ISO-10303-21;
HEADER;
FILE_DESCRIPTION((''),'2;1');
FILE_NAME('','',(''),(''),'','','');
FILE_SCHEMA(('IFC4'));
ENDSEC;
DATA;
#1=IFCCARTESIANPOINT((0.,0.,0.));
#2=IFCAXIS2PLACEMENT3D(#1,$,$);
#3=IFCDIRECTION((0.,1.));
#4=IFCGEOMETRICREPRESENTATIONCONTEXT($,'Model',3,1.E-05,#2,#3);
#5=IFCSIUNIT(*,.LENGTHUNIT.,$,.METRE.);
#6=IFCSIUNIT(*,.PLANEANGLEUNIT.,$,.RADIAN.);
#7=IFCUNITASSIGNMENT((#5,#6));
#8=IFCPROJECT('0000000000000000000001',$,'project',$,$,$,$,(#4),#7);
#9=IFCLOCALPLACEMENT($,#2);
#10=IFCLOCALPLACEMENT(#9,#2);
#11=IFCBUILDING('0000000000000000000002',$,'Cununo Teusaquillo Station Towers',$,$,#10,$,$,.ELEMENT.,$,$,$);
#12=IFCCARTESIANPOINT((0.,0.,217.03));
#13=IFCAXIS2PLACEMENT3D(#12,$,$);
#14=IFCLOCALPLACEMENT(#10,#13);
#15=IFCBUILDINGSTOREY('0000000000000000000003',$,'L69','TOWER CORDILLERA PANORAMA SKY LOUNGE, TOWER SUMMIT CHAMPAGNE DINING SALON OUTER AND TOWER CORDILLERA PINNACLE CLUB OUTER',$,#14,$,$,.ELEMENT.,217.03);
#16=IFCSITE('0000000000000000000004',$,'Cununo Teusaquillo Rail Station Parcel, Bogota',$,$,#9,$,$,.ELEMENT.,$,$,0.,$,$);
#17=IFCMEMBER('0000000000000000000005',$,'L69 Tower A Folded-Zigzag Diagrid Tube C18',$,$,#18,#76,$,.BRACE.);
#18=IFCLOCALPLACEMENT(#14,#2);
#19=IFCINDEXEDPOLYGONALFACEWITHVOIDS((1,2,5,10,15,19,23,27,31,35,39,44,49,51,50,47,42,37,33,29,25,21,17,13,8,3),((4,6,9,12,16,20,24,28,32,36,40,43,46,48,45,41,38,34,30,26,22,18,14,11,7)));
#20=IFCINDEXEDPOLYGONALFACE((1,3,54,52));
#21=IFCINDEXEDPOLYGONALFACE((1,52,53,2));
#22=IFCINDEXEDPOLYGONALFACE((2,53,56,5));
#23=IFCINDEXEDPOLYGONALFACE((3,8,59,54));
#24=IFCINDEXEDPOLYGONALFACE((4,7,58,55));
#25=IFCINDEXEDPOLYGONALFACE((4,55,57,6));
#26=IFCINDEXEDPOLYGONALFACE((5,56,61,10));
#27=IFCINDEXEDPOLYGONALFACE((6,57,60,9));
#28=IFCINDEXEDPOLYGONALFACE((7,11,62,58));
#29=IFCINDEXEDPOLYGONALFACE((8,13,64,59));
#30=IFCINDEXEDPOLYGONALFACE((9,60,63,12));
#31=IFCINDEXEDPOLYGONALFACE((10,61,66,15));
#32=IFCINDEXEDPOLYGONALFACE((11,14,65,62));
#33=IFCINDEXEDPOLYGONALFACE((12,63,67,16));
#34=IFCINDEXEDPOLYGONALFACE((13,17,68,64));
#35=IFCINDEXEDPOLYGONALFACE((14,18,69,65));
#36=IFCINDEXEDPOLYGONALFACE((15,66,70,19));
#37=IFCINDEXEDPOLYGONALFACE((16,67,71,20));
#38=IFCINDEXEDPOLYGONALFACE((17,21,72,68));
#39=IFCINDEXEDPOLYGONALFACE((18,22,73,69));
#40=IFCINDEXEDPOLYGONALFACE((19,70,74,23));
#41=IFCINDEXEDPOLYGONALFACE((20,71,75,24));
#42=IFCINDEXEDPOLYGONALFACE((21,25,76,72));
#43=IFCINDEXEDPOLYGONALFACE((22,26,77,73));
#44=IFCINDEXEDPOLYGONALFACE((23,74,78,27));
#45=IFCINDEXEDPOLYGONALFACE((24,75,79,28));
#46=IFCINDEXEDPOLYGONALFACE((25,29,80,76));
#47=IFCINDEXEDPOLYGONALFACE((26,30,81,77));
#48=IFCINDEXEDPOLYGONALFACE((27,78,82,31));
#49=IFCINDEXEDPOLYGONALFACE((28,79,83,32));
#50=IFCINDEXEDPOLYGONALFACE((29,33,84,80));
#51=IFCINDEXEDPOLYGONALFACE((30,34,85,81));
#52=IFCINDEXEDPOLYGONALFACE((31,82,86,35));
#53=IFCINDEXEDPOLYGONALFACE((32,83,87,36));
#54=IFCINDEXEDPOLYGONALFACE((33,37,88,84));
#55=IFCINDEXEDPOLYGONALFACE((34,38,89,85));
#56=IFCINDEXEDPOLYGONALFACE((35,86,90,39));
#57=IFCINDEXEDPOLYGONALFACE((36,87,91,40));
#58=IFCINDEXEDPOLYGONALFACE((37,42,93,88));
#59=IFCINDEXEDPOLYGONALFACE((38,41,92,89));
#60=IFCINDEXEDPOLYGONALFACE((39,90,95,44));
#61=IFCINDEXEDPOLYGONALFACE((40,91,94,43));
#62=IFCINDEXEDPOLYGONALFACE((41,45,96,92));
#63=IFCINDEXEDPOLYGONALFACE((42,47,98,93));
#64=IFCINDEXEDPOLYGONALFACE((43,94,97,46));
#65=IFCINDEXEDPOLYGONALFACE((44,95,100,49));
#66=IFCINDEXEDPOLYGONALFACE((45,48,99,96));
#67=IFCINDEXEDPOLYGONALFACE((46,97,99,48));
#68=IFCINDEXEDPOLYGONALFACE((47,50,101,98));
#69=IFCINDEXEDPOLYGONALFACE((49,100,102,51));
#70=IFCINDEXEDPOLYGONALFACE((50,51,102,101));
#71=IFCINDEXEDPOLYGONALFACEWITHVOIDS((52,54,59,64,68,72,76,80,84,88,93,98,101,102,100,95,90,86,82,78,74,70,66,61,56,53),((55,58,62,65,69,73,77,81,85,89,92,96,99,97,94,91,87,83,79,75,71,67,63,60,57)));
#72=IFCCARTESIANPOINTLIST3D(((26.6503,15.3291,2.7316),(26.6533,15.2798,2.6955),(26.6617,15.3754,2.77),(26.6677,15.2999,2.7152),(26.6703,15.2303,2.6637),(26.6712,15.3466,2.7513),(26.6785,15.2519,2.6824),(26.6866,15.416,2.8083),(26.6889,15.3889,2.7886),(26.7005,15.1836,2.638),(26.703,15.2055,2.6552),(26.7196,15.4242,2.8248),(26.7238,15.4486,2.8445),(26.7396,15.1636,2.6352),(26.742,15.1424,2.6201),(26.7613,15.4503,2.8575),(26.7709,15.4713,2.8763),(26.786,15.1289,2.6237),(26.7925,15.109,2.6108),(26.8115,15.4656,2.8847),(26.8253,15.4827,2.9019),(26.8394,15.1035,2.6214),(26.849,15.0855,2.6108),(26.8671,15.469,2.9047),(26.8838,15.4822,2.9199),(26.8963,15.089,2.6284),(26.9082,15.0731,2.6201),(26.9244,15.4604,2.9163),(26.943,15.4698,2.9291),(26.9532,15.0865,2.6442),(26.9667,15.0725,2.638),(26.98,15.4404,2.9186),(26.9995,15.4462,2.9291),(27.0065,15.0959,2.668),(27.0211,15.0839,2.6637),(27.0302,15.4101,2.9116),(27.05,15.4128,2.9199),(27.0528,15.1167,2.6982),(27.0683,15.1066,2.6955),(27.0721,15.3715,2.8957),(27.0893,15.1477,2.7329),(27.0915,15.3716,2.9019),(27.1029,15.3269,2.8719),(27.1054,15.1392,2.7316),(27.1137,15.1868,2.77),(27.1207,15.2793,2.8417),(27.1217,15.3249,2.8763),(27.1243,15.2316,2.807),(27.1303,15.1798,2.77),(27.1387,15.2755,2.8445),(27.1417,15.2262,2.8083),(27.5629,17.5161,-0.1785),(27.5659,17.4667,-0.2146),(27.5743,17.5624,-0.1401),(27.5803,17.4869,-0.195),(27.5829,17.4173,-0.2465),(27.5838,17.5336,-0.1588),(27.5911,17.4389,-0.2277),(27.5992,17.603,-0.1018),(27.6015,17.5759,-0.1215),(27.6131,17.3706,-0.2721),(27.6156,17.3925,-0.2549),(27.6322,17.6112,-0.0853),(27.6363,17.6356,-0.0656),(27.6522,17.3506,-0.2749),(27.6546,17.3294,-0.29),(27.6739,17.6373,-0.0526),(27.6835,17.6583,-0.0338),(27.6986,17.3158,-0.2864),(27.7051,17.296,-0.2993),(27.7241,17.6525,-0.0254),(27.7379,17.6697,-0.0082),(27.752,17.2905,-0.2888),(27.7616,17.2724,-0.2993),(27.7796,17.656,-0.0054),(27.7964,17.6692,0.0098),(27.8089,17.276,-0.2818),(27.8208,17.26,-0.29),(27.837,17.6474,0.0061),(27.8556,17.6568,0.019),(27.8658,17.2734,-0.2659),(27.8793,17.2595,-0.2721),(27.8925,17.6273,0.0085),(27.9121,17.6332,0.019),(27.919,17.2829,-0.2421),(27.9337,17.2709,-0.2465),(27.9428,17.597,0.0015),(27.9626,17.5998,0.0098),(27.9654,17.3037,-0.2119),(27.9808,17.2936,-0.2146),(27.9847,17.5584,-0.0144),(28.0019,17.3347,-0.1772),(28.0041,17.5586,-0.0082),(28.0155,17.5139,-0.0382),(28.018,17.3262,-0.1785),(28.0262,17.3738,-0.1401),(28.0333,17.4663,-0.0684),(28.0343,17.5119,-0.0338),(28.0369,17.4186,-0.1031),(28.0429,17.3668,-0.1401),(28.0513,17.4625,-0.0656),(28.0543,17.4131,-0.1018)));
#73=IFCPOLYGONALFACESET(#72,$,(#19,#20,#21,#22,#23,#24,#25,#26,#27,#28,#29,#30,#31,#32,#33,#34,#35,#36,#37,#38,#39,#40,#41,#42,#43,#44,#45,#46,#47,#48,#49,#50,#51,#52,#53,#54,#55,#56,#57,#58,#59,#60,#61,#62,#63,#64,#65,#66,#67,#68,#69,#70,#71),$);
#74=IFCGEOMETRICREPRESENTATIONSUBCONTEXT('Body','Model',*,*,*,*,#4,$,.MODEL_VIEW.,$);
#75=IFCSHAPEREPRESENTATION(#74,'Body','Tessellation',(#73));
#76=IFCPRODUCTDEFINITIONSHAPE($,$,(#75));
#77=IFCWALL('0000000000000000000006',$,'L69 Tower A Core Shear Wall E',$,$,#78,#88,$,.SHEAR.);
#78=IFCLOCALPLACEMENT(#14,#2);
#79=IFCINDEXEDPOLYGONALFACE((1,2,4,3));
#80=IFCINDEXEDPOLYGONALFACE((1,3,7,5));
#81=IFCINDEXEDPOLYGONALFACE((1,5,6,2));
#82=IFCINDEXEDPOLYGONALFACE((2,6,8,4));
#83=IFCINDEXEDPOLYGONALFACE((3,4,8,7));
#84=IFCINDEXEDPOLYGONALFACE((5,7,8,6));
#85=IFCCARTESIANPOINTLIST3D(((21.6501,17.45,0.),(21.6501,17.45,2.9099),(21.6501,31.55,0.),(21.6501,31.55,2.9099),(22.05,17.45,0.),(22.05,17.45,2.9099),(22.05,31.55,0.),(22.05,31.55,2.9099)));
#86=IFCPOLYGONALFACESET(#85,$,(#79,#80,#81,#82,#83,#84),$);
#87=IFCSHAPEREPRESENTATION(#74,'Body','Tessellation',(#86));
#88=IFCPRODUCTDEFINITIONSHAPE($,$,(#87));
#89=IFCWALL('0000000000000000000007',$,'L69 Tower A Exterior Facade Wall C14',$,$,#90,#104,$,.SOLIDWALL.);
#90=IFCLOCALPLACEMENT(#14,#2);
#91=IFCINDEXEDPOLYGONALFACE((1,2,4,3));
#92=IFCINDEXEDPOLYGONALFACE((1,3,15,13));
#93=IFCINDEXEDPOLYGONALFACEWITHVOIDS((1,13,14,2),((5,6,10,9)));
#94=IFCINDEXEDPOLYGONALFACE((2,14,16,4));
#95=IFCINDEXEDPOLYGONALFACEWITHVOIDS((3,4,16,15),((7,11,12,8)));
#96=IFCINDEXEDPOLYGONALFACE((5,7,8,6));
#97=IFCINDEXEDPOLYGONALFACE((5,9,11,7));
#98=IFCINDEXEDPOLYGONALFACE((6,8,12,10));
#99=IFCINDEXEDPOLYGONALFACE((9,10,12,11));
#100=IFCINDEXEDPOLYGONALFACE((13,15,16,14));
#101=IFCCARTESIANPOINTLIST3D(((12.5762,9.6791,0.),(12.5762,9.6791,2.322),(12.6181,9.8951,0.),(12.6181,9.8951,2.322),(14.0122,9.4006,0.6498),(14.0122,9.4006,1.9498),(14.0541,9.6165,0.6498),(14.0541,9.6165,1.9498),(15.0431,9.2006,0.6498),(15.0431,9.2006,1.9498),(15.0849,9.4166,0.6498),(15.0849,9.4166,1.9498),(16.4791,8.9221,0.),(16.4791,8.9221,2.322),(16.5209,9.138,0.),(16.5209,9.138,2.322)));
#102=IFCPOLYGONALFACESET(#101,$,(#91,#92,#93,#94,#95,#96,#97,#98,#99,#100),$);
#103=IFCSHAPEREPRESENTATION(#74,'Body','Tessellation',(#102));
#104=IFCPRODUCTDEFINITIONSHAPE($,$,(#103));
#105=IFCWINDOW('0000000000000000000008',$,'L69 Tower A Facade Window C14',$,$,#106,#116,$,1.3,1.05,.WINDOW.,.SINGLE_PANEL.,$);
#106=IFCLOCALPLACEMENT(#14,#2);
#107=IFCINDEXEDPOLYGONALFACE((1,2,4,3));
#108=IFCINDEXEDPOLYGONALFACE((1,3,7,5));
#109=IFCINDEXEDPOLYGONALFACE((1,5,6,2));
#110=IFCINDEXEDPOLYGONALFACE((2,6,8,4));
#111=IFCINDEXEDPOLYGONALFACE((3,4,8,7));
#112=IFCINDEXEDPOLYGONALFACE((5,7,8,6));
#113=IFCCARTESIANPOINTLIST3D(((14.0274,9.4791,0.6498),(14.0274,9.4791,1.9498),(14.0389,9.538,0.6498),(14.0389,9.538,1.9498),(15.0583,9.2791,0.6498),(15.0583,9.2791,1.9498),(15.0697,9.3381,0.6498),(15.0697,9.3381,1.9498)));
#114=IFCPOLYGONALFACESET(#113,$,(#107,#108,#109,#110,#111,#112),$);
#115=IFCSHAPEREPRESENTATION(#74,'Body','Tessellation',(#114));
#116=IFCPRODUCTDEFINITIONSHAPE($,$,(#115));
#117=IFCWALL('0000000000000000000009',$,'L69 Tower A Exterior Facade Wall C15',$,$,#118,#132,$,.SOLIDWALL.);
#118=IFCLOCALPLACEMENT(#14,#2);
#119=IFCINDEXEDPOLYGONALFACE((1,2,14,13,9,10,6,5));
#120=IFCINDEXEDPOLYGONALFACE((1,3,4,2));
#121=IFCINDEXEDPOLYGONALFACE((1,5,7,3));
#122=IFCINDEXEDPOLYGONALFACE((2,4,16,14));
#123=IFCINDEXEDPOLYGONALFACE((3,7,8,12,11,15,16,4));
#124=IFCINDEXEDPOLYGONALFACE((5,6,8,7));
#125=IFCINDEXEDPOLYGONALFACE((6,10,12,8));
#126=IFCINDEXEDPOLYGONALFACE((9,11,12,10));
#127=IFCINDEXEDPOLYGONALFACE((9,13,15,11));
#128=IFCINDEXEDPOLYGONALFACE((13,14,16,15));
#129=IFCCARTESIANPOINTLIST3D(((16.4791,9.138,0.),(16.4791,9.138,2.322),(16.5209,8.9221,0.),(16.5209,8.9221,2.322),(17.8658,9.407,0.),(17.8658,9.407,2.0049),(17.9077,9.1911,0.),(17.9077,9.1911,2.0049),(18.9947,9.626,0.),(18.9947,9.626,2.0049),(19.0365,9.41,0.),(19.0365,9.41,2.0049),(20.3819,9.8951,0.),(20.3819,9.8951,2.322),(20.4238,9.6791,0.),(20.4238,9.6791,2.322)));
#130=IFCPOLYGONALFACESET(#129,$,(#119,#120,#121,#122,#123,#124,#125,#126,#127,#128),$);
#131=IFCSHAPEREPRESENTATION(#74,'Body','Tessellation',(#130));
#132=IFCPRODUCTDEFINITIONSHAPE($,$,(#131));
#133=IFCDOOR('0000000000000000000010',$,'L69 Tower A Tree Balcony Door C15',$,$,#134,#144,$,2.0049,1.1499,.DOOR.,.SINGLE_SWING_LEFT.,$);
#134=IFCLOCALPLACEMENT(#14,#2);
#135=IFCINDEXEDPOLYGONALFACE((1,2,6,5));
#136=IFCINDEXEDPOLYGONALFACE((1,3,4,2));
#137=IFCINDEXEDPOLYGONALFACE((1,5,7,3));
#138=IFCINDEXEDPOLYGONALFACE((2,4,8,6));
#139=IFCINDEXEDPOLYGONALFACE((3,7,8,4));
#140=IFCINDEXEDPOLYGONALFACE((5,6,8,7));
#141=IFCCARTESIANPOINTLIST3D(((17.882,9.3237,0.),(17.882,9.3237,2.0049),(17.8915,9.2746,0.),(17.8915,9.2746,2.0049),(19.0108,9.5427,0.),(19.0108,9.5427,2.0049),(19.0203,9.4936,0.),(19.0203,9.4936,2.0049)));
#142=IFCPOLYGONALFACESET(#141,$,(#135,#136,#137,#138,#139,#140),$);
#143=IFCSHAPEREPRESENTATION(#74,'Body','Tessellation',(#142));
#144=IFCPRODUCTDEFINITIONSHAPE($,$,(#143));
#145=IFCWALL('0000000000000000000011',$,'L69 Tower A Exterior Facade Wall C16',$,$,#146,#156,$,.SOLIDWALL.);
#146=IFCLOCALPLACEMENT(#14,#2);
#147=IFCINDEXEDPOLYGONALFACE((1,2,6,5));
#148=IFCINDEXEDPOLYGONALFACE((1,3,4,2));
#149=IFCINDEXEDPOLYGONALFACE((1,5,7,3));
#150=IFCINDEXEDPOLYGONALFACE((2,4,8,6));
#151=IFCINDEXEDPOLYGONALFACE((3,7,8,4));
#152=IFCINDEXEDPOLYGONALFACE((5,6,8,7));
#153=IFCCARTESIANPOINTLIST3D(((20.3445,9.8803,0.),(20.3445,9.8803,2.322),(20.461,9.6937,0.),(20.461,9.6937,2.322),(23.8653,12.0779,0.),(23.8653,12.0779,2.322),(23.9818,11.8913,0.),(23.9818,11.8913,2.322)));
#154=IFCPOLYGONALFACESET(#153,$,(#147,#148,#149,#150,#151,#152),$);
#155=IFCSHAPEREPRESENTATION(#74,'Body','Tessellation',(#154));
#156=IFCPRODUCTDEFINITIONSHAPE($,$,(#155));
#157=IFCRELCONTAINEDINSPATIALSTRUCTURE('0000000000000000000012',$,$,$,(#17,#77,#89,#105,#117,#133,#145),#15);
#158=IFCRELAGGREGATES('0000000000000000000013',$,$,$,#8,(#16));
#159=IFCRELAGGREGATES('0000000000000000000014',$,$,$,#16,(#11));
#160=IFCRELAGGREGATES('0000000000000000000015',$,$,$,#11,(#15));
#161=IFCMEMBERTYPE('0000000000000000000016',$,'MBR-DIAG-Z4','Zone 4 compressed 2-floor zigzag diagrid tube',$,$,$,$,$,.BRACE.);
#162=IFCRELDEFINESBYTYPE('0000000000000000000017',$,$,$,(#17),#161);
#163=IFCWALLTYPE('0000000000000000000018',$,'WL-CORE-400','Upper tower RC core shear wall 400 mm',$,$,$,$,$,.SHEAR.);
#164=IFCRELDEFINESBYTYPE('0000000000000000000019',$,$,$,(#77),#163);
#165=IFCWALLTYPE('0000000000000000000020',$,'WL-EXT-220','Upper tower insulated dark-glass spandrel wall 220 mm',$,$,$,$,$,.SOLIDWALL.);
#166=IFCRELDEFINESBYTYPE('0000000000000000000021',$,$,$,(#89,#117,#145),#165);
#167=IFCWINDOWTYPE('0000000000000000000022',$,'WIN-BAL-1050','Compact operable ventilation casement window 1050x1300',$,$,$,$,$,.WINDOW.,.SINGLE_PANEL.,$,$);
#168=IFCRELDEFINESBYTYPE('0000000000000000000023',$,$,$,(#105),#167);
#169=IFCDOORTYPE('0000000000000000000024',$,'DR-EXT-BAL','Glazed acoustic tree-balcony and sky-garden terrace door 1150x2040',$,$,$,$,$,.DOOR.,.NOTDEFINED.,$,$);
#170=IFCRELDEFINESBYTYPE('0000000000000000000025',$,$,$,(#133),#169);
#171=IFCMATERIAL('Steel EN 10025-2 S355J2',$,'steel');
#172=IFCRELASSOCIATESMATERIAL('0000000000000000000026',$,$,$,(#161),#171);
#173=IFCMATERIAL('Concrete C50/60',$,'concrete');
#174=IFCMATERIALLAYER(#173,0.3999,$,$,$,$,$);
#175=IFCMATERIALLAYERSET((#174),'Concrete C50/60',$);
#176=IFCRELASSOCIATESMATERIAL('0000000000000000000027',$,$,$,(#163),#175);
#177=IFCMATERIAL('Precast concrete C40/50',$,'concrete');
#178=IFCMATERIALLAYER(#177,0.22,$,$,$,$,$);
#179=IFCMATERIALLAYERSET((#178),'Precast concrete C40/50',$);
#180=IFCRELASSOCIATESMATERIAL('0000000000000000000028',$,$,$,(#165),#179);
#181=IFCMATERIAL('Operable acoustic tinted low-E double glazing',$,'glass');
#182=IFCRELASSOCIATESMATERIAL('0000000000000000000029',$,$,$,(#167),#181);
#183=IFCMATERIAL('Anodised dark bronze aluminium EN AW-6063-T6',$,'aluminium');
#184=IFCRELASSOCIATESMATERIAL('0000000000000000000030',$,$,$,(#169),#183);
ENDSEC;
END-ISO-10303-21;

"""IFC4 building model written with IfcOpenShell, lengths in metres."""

from ifc_helpers import new_model, si_unit, direction, frame, frame_2d, origin, origin_2d, place, context, subcontext, project, spatial, rectangle, hollow_circle, extrude, source, transform, mapped, material, layer, layer_set, material_profile, profile_set, type_object, element, fill, save


model = new_model("IFC4")

# Units and contexts
model_context = context("Model", 3, precision=1e-05, world=origin(), true_north=direction((0.0, 1.0)))
body_context = subcontext(model_context, "Body", "Model", "MODEL_VIEW")
ifc_project = project(units=[si_unit("LENGTHUNIT", "METRE"), si_unit("PLANEANGLEUNIT", "RADIAN")], contexts=[model_context])

# Site, building, storey
site_placement = place(None, origin())
site = spatial("IfcSite", under=ifc_project, at=site_placement, Name="Cununo Teusaquillo Rail Station Parcel, Bogota", CompositionType="ELEMENT", RefElevation=0.0)
building_placement = place(site_placement, origin())
building = spatial("IfcBuilding", under=site, at=building_placement, Name="Cununo Teusaquillo Station Towers", CompositionType="ELEMENT")
storey_placement = place(building_placement, frame((0.0, 0.0, 217.03)))
storey = spatial("IfcBuildingStorey", under=building, at=storey_placement, Name="L69", Description="TOWER CORDILLERA PANORAMA SKY LOUNGE, TOWER SUMMIT CHAMPAGNE DINING SALON OUTER AND TOWER CORDILLERA PINNACLE CLUB OUTER", CompositionType="ELEMENT", Elevation=217.03)

# Member
ifc_material_1 = material(Name="Steel EN 10025-2 S355J2", Category="steel")
ifc_material_profile_1 = material_profile(ifc_material_1, hollow_circle(Radius=0.2539, WallThickness=0.0181, at=origin_2d()), Name="CHS 508x18")
ifc_profile_set_1 = profile_set([ifc_material_profile_1], Name="Steel EN 10025-2 S355J2")
member_type = type_object("IfcMemberType", Name="MBR-DIAG-Z4", Description="Zone 4 compressed 2-floor zigzag diagrid tube", PredefinedType="BRACE", material=ifc_profile_set_1)
member_1_placement = place(storey_placement, frame((27.8086, 17.4646, -0.1401), z_axis=(-0.243166, -0.58274, 0.775425), x_axis=(0.922876, -0.385098, 0.0)))
element("IfcMember", 1, at=member_1_placement, inside=storey, type_object=member_type, Name="L69 Tower A Folded-Zigzag Diagrid Tube C18", PredefinedType="BRACE", context=body_context, shape_type="SweptSolid", body=[
    extrude(hollow_circle(Radius=0.2539, WallThickness=0.0181, at=origin_2d()), origin(), (0.0, 0.0, 1.0), 3.7529),
])

# Wall
ifc_material_2 = material(Name="Concrete C50/60", Category="concrete")
ifc_layer_1 = layer(ifc_material_2, 0.3999)
ifc_layer_set_1 = layer_set([ifc_layer_1], Name="Concrete C50/60")
wall_type_1 = type_object("IfcWallType", Name="WL-CORE-400", Description="Upper tower RC core shear wall 400 mm", PredefinedType="SHEAR", material=ifc_layer_set_1)
wall_1_placement = place(storey_placement, frame((21.8501, 17.45, 0.0), z_axis=(0.0, 0.0, 1.0), x_axis=(0.0, 1.0, 0.0)))
element("IfcWall", 2, at=wall_1_placement, inside=storey, type_object=wall_type_1, Name="L69 Tower A Core Shear Wall E", PredefinedType="SHEAR", context=body_context, shape_type="SweptSolid", body=[
    extrude(rectangle(XDim=14.1001, YDim=0.3999, at=frame_2d((7.05, 0.0))), origin(), (0.0, 0.0, 1.0), 2.9099),
])

# Wall, opening, window
ifc_material_3 = material(Name="Precast concrete C40/50", Category="concrete")
ifc_layer_2 = layer(ifc_material_3, 0.22)
ifc_layer_set_2 = layer_set([ifc_layer_2], Name="Precast concrete C40/50")
wall_type_2 = type_object("IfcWallType", Name="WL-EXT-220", Description="Upper tower insulated dark-glass spandrel wall 220 mm", PredefinedType="SOLIDWALL", material=ifc_layer_set_2)
wall_2_placement = place(storey_placement, frame((16.5, 9.03, 0.0), z_axis=(0.0, 0.0, 1.0), x_axis=(-0.9817, 0.190432, 0.0)))
wall_2 = element("IfcWall", 3, at=wall_2_placement, inside=storey, type_object=wall_type_2, Name="L69 Tower A Exterior Facade Wall C14", PredefinedType="SOLIDWALL", context=body_context, shape_type="SweptSolid", body=[
    extrude(rectangle(XDim=3.9756, YDim=0.22, at=frame_2d((1.9878, 0.0))), origin(), (0.0, 0.0, 1.0), 2.322),
])
shared_shape_1 = source(origin(), body_context, "Body", "SweptSolid", [
    extrude(rectangle(XDim=1.05, YDim=1.3, at=frame_2d((0.5249, 0.6499))), frame((0.0, 0.1199, 0.0), z_axis=(0.0, -1.0, 0.0), x_axis=(1.0, 0.0, 0.0)), (0.0, 0.0, 1.0), 0.24),
])
opening_1_placement = place(wall_2_placement, frame((1.4629, 0.0, 0.6499)))
opening_1 = element("IfcOpeningElement", 4, at=opening_1_placement, cuts=wall_2, PredefinedType="OPENING", context=body_context, shape_type="MappedRepresentation", body=[
    mapped(shared_shape_1, transform((0.0, 0.0, 0.0), x_axis=(1.0, 0.0, 0.0), y_axis=(0.0, 1.0, 0.0), z_axis=(0.0, 0.0, 1.0), scale=1.0)),
])
ifc_material_4 = material(Name="Operable acoustic tinted low-E double glazing", Category="glass")
window_type = type_object("IfcWindowType", Name="WIN-BAL-1050", Description="Compact operable ventilation casement window 1050x1300", PartitioningType="SINGLE_PANEL", PredefinedType="WINDOW", material=ifc_material_4)
shared_shape_2 = source(origin(), body_context, "Body", "SweptSolid", [
    extrude(rectangle(XDim=1.05, YDim=1.3, at=frame_2d((0.5249, 0.6499))), frame((0.0, 0.03, 0.0), z_axis=(0.0, -1.0, 0.0), x_axis=(1.0, 0.0, 0.0)), (0.0, 0.0, 1.0), 0.0601),
])
window_1_placement = place(opening_1_placement, origin())
window_1 = element("IfcWindow", 5, at=window_1_placement, inside=storey, type_object=window_type, Name="L69 Tower A Facade Window C14", OverallHeight=1.3, OverallWidth=1.05, PartitioningType="SINGLE_PANEL", PredefinedType="WINDOW", context=body_context, shape_type="MappedRepresentation", body=[
    mapped(shared_shape_2, transform((0.0, 0.0, 0.0), x_axis=(1.0, 0.0, 0.0), y_axis=(0.0, 1.0, 0.0), z_axis=(0.0, 0.0, 1.0), scale=1.0)),
])
fill(opening_1, window_1)

# Wall, opening, door
wall_3_placement = place(storey_placement, frame((20.4028, 9.7871, 0.0), z_axis=(0.0, 0.0, 1.0), x_axis=(-0.9817, -0.190432, 0.0)))
wall_3 = element("IfcWall", 6, at=wall_3_placement, inside=storey, type_object=wall_type_2, Name="L69 Tower A Exterior Facade Wall C15", PredefinedType="SOLIDWALL", context=body_context, shape_type="SweptSolid", body=[
    extrude(rectangle(XDim=3.9756, YDim=0.22, at=frame_2d((1.9878, 0.0))), origin(), (0.0, 0.0, 1.0), 2.322),
])
shared_shape_3 = source(origin(), body_context, "Body", "SweptSolid", [
    extrude(rectangle(XDim=1.1499, YDim=2.0049, at=frame_2d((0.575, 1.0024))), frame((0.0, 0.1199, 0.0), z_axis=(0.0, -1.0, 0.0), x_axis=(1.0, 0.0, 0.0)), (0.0, 0.0, 1.0), 0.24),
])
opening_2_placement = place(wall_3_placement, frame((1.4131, 0.0, 0.0)))
opening_2 = element("IfcOpeningElement", 7, at=opening_2_placement, cuts=wall_3, PredefinedType="OPENING", context=body_context, shape_type="MappedRepresentation", body=[
    mapped(shared_shape_3, transform((0.0, 0.0, 0.0), x_axis=(1.0, 0.0, 0.0), y_axis=(0.0, 1.0, 0.0), z_axis=(0.0, 0.0, 1.0), scale=1.0)),
])
ifc_material_5 = material(Name="Anodised dark bronze aluminium EN AW-6063-T6", Category="aluminium")
door_type_1 = type_object("IfcDoorType", Name="DR-EXT-BAL", Description="Glazed acoustic tree-balcony and sky-garden terrace door 1150x2040", OperationType="NOTDEFINED", PredefinedType="DOOR", material=ifc_material_5)
shared_shape_4 = source(origin(), body_context, "Body", "SweptSolid", [
    extrude(rectangle(XDim=1.1499, YDim=2.0049, at=frame_2d((0.575, 1.0024))), frame((0.0, 0.0249, 0.0), z_axis=(0.0, -1.0, 0.0), x_axis=(1.0, 0.0, 0.0)), (0.0, 0.0, 1.0), 0.05),
])
door_1_placement = place(opening_2_placement, origin())
door_1 = element("IfcDoor", 8, at=door_1_placement, inside=storey, type_object=door_type_1, Name="L69 Tower A Tree Balcony Door C15", OperationType="SINGLE_SWING_LEFT", OverallHeight=2.0049, OverallWidth=1.1499, PredefinedType="DOOR", context=body_context, shape_type="MappedRepresentation", body=[
    mapped(shared_shape_4, transform((0.0, 0.0, 0.0), x_axis=(1.0, 0.0, 0.0), y_axis=(0.0, 1.0, 0.0), z_axis=(0.0, 0.0, 1.0), scale=1.0)),
])
fill(opening_2, door_1)

# Wall
wall_4_placement = place(storey_placement, frame((23.9236, 11.9846, 0.0), z_axis=(0.0, 0.0, 1.0), x_axis=(-0.848319, -0.529486, 0.0)))
element("IfcWall", 9, at=wall_4_placement, inside=storey, type_object=wall_type_2, Name="L69 Tower A Exterior Facade Wall C16", PredefinedType="SOLIDWALL", context=body_context, shape_type="SweptSolid", body=[
    extrude(rectangle(XDim=4.1504, YDim=0.22, at=frame_2d((2.0752, 0.0))), origin(), (0.0, 0.0, 1.0), 2.322),
])

save(model, "model.ifc")
